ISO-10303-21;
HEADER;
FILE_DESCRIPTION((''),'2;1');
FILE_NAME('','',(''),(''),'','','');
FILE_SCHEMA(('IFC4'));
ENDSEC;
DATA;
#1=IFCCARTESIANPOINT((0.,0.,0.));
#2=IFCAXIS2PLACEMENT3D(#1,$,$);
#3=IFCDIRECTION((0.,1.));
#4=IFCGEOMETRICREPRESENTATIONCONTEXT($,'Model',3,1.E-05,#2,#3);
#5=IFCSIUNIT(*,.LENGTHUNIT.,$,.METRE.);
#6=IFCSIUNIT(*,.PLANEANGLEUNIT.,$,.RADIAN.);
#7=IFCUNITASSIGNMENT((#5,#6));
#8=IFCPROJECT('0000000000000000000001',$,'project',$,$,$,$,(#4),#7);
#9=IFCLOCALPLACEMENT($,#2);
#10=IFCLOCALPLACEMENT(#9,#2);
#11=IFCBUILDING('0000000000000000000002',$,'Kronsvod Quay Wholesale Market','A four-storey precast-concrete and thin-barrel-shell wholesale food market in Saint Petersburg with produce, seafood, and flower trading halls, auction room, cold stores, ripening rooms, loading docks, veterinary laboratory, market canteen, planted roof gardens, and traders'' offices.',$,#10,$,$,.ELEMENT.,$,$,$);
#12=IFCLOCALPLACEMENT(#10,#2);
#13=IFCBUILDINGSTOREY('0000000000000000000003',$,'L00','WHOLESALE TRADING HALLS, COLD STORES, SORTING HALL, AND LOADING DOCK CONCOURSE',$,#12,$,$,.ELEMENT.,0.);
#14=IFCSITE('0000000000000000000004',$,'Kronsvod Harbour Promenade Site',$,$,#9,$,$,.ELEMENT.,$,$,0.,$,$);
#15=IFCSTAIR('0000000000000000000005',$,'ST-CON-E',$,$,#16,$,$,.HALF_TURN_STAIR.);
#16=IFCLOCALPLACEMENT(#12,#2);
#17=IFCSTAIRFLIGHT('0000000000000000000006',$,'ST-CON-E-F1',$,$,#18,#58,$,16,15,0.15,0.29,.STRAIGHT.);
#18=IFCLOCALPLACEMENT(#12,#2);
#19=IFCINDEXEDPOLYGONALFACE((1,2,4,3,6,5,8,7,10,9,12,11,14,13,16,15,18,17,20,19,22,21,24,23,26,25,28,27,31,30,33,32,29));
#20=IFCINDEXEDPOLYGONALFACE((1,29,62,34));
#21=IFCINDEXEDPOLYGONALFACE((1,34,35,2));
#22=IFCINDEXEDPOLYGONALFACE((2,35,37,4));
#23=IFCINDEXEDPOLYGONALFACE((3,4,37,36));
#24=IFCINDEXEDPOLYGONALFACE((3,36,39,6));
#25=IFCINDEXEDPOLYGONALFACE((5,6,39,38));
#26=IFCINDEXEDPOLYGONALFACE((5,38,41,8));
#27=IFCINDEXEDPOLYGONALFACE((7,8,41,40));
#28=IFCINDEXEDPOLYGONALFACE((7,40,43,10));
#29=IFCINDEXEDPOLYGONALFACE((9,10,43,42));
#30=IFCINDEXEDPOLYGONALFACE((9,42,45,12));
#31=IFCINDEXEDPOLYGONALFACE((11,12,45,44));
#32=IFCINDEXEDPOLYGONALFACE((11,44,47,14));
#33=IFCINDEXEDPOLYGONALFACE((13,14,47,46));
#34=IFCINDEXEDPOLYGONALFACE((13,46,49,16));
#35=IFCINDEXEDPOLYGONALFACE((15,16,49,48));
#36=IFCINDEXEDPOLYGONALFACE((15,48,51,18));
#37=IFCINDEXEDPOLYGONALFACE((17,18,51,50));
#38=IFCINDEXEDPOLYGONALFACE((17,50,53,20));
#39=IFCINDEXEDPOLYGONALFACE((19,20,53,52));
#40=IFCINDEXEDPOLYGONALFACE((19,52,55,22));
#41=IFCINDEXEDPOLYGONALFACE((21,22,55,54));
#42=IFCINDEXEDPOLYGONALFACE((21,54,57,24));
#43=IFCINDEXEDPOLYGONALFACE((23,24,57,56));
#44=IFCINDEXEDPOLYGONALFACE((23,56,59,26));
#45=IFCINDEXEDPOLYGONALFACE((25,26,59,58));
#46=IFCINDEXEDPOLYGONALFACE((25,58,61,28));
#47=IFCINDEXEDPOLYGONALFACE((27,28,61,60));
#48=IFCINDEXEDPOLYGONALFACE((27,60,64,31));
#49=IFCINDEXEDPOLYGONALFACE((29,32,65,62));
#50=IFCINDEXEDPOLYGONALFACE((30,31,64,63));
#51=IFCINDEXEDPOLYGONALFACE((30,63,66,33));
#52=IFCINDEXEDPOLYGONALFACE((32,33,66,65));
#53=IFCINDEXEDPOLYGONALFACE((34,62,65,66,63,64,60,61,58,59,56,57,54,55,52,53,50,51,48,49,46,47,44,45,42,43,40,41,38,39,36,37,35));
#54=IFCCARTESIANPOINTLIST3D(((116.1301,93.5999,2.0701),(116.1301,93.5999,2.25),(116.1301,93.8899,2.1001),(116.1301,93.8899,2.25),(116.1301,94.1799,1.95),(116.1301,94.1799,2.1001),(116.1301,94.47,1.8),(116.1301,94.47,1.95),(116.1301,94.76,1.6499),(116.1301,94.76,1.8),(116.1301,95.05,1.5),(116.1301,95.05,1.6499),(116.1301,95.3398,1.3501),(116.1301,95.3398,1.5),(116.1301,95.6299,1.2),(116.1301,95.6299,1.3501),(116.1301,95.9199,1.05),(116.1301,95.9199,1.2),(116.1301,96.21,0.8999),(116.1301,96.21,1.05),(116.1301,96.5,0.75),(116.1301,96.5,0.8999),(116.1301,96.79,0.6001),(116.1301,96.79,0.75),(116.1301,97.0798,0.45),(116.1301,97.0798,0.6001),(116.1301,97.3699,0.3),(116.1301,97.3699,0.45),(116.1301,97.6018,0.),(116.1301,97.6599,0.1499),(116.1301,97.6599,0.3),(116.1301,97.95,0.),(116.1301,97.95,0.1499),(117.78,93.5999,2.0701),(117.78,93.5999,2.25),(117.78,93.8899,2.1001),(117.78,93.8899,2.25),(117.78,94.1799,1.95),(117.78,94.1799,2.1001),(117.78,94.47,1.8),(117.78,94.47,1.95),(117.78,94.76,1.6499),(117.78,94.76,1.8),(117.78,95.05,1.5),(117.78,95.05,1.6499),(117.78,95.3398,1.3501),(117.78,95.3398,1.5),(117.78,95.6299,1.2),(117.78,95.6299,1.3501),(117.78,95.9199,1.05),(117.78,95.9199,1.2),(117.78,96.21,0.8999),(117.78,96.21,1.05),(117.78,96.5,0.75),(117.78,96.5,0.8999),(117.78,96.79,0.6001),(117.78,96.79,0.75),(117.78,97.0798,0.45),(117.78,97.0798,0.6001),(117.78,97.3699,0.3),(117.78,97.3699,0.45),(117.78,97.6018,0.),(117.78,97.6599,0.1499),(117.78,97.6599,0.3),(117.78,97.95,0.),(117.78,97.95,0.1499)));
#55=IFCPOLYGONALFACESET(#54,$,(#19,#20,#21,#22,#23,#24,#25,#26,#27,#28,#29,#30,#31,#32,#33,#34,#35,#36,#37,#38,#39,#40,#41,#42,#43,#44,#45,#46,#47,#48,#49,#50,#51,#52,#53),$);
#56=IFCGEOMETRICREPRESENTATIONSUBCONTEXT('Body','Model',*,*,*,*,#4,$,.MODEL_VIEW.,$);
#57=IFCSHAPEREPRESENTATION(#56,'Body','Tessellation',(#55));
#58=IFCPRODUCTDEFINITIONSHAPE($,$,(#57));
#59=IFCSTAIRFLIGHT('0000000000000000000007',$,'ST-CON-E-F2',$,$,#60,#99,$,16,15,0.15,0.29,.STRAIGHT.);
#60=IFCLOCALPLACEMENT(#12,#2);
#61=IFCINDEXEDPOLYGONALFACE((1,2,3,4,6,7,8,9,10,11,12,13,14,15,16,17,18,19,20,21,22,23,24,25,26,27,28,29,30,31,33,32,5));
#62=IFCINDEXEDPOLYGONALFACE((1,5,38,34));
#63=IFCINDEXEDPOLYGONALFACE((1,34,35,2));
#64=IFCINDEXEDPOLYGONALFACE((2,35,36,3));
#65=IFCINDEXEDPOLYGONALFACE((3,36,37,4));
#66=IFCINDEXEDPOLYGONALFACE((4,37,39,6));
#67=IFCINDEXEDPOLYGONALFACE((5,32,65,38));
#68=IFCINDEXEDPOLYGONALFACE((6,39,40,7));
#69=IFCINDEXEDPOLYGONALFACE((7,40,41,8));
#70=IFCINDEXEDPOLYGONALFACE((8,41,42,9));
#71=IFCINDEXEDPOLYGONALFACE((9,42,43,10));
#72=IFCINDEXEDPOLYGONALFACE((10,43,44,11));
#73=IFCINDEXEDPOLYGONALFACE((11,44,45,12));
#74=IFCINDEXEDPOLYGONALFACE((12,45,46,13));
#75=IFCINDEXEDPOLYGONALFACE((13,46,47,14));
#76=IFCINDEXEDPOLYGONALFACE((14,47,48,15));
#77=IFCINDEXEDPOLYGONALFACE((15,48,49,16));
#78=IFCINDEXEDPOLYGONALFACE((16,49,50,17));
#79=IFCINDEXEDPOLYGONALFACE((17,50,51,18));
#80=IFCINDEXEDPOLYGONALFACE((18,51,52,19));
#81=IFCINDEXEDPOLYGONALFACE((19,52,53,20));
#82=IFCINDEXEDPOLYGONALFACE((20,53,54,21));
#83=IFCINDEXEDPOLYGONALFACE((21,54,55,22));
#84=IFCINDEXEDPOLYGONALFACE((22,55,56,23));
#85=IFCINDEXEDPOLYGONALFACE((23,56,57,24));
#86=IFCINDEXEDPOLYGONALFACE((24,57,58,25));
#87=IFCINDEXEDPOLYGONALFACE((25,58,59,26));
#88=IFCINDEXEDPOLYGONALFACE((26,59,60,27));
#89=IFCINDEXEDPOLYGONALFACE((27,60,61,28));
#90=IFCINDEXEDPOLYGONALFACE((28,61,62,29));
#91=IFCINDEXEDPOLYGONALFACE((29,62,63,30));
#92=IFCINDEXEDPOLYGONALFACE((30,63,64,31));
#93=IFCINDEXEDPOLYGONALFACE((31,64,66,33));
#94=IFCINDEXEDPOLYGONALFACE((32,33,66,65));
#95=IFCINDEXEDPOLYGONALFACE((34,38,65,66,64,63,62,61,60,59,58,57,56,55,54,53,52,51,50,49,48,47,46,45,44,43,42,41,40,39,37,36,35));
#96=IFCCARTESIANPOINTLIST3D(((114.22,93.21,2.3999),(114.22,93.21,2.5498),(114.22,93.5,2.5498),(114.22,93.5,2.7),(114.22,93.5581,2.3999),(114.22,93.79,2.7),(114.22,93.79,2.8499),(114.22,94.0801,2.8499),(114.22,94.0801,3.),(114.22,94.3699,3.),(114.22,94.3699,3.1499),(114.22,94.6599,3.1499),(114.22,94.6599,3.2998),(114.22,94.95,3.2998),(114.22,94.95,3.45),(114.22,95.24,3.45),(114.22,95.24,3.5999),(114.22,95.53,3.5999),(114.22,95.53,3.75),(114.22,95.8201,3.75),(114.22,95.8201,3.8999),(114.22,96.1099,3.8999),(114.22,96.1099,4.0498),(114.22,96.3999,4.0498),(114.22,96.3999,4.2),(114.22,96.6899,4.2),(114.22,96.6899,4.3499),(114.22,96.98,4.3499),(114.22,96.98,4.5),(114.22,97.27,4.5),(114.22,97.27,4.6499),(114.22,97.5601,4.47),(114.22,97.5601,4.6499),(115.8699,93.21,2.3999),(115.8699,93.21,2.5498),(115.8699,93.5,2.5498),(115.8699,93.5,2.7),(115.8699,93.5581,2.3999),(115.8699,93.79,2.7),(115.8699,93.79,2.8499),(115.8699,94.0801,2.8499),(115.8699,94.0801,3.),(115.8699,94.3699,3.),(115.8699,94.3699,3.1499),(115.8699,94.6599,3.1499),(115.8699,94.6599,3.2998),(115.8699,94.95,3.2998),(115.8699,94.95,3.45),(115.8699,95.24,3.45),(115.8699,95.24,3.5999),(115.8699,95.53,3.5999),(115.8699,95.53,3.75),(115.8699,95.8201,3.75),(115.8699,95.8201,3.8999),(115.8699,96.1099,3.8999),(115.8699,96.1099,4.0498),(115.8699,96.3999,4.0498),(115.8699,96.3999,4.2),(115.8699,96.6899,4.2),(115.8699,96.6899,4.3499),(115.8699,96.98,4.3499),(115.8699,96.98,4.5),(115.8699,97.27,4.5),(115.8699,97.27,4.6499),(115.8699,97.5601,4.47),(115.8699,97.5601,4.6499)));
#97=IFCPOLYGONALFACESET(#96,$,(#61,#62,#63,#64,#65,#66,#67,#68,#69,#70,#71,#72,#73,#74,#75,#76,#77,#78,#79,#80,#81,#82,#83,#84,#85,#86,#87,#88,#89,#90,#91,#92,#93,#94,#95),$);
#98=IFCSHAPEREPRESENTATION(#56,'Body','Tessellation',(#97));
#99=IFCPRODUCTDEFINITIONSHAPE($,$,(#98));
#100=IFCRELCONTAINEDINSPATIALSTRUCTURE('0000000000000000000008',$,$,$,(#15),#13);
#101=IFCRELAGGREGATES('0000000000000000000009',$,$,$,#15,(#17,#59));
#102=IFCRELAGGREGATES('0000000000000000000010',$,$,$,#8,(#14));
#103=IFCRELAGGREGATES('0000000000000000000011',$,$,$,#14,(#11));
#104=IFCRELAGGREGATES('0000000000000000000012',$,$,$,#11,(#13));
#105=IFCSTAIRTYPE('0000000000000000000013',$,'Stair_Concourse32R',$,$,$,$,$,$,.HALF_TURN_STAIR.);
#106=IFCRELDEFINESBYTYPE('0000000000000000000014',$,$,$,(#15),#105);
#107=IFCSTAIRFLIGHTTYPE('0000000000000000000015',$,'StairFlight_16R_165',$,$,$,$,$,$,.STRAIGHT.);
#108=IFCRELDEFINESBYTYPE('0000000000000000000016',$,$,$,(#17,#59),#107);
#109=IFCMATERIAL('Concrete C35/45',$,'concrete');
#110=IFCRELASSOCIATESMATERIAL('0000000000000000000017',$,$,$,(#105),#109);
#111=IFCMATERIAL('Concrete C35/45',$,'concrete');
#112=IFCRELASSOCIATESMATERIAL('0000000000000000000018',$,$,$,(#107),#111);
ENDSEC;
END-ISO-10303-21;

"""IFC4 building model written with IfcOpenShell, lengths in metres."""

from ifc_helpers import new_model, si_unit, direction, frame, origin, place, context, subcontext, project, spatial, polyline, outline, extrude, material, type_object, element, aggregate, save


model = new_model("IFC4")

# Units and contexts
model_context = context("Model", 3, precision=1e-05, world=origin(), true_north=direction((0.0, 1.0)))
body_context = subcontext(model_context, "Body", "Model", "MODEL_VIEW")
ifc_project = project(units=[si_unit("LENGTHUNIT", "METRE"), si_unit("PLANEANGLEUNIT", "RADIAN")], contexts=[model_context])

# Site, building, storey
site_placement = place(None, origin())
site = spatial("IfcSite", under=ifc_project, at=site_placement, Name="Kronsvod Harbour Promenade Site", CompositionType="ELEMENT", RefElevation=0.0)
building_placement = place(site_placement, origin())
building = spatial("IfcBuilding", under=site, at=building_placement, Name="Kronsvod Quay Wholesale Market", Description="A four-storey precast-concrete and thin-barrel-shell wholesale food market in Saint Petersburg with produce, seafood, and flower trading halls, auction room, cold stores, ripening rooms, loading docks, veterinary laboratory, market canteen, planted roof gardens, and traders' offices.", CompositionType="ELEMENT")
storey_placement = place(building_placement, origin())
storey = spatial("IfcBuildingStorey", under=building, at=storey_placement, Name="L00", Description="WHOLESALE TRADING HALLS, COLD STORES, SORTING HALL, AND LOADING DOCK CONCOURSE", CompositionType="ELEMENT", Elevation=0.0)

# Stair, stair flights
ifc_material_1 = material(Name="Concrete C35/45", Category="concrete")
stair_type_1 = type_object("IfcStairType", Name="Stair_Concourse32R", PredefinedType="HALF_TURN_STAIR", material=ifc_material_1)
stair_1_placement = place(storey_placement, origin())
stair_1 = element("IfcStair", 1, at=stair_1_placement, inside=storey, type_object=stair_type_1, Name="ST-CON-E", PredefinedType="HALF_TURN_STAIR")
ifc_material_2 = material(Name="Concrete C35/45", Category="concrete")
stair_flight_type_1 = type_object("IfcStairFlightType", Name="StairFlight_16R_165", PredefinedType="STRAIGHT", material=ifc_material_2)
stair_flight_1_placement = place(storey_placement, frame((116.9551, 97.95, 0.0), z_axis=(0.0, 0.0, 1.0), x_axis=(0.0, -1.0, 0.0)))
stair_flight_1 = element("IfcStairFlight", 2, at=stair_flight_1_placement, type_object=stair_flight_type_1, Name="ST-CON-E-F1", NumberOfRisers=16, NumberOfTreads=15, PredefinedType="STRAIGHT", RiserHeight=0.15, TreadLength=0.29, context=body_context, shape_type="SweptSolid", body=[
    extrude(outline(polyline([(0.0, 0.0), (0.0, 0.1499), (0.29, 0.1499), (0.29, 0.3), (0.5801, 0.3), (0.5801, 0.45), (0.8701, 0.45), (0.8701, 0.6001), (1.1599, 0.6001), (1.1599, 0.75), (1.45, 0.75), (1.45, 0.8999), (1.74, 0.8999), (1.74, 1.05), (2.03, 1.05), (2.03, 1.2), (2.3201, 1.2), (2.3201, 1.3501), (2.6101, 1.3501), (2.6101, 1.5), (2.8999, 1.5), (2.8999, 1.6499), (3.1899, 1.6499), (3.1899, 1.8), (3.48, 1.8), (3.48, 1.95), (3.77, 1.95), (3.77, 2.1001), (4.0601, 2.1001), (4.0601, 2.25), (4.3501, 2.25), (4.3501, 2.3999), (4.3501, 2.0701), (0.3481, 0.0), (0.0, 0.0)])), frame((0.0, 0.825, 0.0), z_axis=(0.0, -1.0, 0.0), x_axis=(1.0, 0.0, 0.0)), (0.0, 0.0, 1.0), 1.6499),
])
stair_flight_2_placement = place(storey_placement, frame((115.0449, 93.21, 2.3999), z_axis=(0.0, 0.0, 1.0), x_axis=(0.0, 1.0, 0.0)))
stair_flight_2 = element("IfcStairFlight", 3, at=stair_flight_2_placement, type_object=stair_flight_type_1, Name="ST-CON-E-F2", NumberOfRisers=16, NumberOfTreads=15, PredefinedType="STRAIGHT", RiserHeight=0.15, TreadLength=0.29, context=body_context, shape_type="SweptSolid", body=[
    extrude(outline(polyline([(0.0, 0.0), (0.0, 0.1499), (0.29, 0.1499), (0.29, 0.3), (0.5801, 0.3), (0.5801, 0.45), (0.8701, 0.45), (0.8701, 0.6001), (1.1599, 0.6001), (1.1599, 0.75), (1.45, 0.75), (1.45, 0.8999), (1.74, 0.8999), (1.74, 1.05), (2.03, 1.05), (2.03, 1.2), (2.3201, 1.2), (2.3201, 1.3501), (2.6101, 1.3501), (2.6101, 1.5), (2.8999, 1.5), (2.8999, 1.6499), (3.1899, 1.6499), (3.1899, 1.8), (3.48, 1.8), (3.48, 1.95), (3.77, 1.95), (3.77, 2.1001), (4.0601, 2.1001), (4.0601, 2.25), (4.3501, 2.25), (4.3501, 2.3999), (4.3501, 2.0701), (0.3481, 0.0), (0.0, 0.0)])), frame((0.0, 0.825, 0.0), z_axis=(0.0, -1.0, 0.0), x_axis=(1.0, 0.0, 0.0)), (0.0, 0.0, 1.0), 1.6499),
])
aggregate(stair_1, [stair_flight_1, stair_flight_2])

save(model, "model.ifc")
